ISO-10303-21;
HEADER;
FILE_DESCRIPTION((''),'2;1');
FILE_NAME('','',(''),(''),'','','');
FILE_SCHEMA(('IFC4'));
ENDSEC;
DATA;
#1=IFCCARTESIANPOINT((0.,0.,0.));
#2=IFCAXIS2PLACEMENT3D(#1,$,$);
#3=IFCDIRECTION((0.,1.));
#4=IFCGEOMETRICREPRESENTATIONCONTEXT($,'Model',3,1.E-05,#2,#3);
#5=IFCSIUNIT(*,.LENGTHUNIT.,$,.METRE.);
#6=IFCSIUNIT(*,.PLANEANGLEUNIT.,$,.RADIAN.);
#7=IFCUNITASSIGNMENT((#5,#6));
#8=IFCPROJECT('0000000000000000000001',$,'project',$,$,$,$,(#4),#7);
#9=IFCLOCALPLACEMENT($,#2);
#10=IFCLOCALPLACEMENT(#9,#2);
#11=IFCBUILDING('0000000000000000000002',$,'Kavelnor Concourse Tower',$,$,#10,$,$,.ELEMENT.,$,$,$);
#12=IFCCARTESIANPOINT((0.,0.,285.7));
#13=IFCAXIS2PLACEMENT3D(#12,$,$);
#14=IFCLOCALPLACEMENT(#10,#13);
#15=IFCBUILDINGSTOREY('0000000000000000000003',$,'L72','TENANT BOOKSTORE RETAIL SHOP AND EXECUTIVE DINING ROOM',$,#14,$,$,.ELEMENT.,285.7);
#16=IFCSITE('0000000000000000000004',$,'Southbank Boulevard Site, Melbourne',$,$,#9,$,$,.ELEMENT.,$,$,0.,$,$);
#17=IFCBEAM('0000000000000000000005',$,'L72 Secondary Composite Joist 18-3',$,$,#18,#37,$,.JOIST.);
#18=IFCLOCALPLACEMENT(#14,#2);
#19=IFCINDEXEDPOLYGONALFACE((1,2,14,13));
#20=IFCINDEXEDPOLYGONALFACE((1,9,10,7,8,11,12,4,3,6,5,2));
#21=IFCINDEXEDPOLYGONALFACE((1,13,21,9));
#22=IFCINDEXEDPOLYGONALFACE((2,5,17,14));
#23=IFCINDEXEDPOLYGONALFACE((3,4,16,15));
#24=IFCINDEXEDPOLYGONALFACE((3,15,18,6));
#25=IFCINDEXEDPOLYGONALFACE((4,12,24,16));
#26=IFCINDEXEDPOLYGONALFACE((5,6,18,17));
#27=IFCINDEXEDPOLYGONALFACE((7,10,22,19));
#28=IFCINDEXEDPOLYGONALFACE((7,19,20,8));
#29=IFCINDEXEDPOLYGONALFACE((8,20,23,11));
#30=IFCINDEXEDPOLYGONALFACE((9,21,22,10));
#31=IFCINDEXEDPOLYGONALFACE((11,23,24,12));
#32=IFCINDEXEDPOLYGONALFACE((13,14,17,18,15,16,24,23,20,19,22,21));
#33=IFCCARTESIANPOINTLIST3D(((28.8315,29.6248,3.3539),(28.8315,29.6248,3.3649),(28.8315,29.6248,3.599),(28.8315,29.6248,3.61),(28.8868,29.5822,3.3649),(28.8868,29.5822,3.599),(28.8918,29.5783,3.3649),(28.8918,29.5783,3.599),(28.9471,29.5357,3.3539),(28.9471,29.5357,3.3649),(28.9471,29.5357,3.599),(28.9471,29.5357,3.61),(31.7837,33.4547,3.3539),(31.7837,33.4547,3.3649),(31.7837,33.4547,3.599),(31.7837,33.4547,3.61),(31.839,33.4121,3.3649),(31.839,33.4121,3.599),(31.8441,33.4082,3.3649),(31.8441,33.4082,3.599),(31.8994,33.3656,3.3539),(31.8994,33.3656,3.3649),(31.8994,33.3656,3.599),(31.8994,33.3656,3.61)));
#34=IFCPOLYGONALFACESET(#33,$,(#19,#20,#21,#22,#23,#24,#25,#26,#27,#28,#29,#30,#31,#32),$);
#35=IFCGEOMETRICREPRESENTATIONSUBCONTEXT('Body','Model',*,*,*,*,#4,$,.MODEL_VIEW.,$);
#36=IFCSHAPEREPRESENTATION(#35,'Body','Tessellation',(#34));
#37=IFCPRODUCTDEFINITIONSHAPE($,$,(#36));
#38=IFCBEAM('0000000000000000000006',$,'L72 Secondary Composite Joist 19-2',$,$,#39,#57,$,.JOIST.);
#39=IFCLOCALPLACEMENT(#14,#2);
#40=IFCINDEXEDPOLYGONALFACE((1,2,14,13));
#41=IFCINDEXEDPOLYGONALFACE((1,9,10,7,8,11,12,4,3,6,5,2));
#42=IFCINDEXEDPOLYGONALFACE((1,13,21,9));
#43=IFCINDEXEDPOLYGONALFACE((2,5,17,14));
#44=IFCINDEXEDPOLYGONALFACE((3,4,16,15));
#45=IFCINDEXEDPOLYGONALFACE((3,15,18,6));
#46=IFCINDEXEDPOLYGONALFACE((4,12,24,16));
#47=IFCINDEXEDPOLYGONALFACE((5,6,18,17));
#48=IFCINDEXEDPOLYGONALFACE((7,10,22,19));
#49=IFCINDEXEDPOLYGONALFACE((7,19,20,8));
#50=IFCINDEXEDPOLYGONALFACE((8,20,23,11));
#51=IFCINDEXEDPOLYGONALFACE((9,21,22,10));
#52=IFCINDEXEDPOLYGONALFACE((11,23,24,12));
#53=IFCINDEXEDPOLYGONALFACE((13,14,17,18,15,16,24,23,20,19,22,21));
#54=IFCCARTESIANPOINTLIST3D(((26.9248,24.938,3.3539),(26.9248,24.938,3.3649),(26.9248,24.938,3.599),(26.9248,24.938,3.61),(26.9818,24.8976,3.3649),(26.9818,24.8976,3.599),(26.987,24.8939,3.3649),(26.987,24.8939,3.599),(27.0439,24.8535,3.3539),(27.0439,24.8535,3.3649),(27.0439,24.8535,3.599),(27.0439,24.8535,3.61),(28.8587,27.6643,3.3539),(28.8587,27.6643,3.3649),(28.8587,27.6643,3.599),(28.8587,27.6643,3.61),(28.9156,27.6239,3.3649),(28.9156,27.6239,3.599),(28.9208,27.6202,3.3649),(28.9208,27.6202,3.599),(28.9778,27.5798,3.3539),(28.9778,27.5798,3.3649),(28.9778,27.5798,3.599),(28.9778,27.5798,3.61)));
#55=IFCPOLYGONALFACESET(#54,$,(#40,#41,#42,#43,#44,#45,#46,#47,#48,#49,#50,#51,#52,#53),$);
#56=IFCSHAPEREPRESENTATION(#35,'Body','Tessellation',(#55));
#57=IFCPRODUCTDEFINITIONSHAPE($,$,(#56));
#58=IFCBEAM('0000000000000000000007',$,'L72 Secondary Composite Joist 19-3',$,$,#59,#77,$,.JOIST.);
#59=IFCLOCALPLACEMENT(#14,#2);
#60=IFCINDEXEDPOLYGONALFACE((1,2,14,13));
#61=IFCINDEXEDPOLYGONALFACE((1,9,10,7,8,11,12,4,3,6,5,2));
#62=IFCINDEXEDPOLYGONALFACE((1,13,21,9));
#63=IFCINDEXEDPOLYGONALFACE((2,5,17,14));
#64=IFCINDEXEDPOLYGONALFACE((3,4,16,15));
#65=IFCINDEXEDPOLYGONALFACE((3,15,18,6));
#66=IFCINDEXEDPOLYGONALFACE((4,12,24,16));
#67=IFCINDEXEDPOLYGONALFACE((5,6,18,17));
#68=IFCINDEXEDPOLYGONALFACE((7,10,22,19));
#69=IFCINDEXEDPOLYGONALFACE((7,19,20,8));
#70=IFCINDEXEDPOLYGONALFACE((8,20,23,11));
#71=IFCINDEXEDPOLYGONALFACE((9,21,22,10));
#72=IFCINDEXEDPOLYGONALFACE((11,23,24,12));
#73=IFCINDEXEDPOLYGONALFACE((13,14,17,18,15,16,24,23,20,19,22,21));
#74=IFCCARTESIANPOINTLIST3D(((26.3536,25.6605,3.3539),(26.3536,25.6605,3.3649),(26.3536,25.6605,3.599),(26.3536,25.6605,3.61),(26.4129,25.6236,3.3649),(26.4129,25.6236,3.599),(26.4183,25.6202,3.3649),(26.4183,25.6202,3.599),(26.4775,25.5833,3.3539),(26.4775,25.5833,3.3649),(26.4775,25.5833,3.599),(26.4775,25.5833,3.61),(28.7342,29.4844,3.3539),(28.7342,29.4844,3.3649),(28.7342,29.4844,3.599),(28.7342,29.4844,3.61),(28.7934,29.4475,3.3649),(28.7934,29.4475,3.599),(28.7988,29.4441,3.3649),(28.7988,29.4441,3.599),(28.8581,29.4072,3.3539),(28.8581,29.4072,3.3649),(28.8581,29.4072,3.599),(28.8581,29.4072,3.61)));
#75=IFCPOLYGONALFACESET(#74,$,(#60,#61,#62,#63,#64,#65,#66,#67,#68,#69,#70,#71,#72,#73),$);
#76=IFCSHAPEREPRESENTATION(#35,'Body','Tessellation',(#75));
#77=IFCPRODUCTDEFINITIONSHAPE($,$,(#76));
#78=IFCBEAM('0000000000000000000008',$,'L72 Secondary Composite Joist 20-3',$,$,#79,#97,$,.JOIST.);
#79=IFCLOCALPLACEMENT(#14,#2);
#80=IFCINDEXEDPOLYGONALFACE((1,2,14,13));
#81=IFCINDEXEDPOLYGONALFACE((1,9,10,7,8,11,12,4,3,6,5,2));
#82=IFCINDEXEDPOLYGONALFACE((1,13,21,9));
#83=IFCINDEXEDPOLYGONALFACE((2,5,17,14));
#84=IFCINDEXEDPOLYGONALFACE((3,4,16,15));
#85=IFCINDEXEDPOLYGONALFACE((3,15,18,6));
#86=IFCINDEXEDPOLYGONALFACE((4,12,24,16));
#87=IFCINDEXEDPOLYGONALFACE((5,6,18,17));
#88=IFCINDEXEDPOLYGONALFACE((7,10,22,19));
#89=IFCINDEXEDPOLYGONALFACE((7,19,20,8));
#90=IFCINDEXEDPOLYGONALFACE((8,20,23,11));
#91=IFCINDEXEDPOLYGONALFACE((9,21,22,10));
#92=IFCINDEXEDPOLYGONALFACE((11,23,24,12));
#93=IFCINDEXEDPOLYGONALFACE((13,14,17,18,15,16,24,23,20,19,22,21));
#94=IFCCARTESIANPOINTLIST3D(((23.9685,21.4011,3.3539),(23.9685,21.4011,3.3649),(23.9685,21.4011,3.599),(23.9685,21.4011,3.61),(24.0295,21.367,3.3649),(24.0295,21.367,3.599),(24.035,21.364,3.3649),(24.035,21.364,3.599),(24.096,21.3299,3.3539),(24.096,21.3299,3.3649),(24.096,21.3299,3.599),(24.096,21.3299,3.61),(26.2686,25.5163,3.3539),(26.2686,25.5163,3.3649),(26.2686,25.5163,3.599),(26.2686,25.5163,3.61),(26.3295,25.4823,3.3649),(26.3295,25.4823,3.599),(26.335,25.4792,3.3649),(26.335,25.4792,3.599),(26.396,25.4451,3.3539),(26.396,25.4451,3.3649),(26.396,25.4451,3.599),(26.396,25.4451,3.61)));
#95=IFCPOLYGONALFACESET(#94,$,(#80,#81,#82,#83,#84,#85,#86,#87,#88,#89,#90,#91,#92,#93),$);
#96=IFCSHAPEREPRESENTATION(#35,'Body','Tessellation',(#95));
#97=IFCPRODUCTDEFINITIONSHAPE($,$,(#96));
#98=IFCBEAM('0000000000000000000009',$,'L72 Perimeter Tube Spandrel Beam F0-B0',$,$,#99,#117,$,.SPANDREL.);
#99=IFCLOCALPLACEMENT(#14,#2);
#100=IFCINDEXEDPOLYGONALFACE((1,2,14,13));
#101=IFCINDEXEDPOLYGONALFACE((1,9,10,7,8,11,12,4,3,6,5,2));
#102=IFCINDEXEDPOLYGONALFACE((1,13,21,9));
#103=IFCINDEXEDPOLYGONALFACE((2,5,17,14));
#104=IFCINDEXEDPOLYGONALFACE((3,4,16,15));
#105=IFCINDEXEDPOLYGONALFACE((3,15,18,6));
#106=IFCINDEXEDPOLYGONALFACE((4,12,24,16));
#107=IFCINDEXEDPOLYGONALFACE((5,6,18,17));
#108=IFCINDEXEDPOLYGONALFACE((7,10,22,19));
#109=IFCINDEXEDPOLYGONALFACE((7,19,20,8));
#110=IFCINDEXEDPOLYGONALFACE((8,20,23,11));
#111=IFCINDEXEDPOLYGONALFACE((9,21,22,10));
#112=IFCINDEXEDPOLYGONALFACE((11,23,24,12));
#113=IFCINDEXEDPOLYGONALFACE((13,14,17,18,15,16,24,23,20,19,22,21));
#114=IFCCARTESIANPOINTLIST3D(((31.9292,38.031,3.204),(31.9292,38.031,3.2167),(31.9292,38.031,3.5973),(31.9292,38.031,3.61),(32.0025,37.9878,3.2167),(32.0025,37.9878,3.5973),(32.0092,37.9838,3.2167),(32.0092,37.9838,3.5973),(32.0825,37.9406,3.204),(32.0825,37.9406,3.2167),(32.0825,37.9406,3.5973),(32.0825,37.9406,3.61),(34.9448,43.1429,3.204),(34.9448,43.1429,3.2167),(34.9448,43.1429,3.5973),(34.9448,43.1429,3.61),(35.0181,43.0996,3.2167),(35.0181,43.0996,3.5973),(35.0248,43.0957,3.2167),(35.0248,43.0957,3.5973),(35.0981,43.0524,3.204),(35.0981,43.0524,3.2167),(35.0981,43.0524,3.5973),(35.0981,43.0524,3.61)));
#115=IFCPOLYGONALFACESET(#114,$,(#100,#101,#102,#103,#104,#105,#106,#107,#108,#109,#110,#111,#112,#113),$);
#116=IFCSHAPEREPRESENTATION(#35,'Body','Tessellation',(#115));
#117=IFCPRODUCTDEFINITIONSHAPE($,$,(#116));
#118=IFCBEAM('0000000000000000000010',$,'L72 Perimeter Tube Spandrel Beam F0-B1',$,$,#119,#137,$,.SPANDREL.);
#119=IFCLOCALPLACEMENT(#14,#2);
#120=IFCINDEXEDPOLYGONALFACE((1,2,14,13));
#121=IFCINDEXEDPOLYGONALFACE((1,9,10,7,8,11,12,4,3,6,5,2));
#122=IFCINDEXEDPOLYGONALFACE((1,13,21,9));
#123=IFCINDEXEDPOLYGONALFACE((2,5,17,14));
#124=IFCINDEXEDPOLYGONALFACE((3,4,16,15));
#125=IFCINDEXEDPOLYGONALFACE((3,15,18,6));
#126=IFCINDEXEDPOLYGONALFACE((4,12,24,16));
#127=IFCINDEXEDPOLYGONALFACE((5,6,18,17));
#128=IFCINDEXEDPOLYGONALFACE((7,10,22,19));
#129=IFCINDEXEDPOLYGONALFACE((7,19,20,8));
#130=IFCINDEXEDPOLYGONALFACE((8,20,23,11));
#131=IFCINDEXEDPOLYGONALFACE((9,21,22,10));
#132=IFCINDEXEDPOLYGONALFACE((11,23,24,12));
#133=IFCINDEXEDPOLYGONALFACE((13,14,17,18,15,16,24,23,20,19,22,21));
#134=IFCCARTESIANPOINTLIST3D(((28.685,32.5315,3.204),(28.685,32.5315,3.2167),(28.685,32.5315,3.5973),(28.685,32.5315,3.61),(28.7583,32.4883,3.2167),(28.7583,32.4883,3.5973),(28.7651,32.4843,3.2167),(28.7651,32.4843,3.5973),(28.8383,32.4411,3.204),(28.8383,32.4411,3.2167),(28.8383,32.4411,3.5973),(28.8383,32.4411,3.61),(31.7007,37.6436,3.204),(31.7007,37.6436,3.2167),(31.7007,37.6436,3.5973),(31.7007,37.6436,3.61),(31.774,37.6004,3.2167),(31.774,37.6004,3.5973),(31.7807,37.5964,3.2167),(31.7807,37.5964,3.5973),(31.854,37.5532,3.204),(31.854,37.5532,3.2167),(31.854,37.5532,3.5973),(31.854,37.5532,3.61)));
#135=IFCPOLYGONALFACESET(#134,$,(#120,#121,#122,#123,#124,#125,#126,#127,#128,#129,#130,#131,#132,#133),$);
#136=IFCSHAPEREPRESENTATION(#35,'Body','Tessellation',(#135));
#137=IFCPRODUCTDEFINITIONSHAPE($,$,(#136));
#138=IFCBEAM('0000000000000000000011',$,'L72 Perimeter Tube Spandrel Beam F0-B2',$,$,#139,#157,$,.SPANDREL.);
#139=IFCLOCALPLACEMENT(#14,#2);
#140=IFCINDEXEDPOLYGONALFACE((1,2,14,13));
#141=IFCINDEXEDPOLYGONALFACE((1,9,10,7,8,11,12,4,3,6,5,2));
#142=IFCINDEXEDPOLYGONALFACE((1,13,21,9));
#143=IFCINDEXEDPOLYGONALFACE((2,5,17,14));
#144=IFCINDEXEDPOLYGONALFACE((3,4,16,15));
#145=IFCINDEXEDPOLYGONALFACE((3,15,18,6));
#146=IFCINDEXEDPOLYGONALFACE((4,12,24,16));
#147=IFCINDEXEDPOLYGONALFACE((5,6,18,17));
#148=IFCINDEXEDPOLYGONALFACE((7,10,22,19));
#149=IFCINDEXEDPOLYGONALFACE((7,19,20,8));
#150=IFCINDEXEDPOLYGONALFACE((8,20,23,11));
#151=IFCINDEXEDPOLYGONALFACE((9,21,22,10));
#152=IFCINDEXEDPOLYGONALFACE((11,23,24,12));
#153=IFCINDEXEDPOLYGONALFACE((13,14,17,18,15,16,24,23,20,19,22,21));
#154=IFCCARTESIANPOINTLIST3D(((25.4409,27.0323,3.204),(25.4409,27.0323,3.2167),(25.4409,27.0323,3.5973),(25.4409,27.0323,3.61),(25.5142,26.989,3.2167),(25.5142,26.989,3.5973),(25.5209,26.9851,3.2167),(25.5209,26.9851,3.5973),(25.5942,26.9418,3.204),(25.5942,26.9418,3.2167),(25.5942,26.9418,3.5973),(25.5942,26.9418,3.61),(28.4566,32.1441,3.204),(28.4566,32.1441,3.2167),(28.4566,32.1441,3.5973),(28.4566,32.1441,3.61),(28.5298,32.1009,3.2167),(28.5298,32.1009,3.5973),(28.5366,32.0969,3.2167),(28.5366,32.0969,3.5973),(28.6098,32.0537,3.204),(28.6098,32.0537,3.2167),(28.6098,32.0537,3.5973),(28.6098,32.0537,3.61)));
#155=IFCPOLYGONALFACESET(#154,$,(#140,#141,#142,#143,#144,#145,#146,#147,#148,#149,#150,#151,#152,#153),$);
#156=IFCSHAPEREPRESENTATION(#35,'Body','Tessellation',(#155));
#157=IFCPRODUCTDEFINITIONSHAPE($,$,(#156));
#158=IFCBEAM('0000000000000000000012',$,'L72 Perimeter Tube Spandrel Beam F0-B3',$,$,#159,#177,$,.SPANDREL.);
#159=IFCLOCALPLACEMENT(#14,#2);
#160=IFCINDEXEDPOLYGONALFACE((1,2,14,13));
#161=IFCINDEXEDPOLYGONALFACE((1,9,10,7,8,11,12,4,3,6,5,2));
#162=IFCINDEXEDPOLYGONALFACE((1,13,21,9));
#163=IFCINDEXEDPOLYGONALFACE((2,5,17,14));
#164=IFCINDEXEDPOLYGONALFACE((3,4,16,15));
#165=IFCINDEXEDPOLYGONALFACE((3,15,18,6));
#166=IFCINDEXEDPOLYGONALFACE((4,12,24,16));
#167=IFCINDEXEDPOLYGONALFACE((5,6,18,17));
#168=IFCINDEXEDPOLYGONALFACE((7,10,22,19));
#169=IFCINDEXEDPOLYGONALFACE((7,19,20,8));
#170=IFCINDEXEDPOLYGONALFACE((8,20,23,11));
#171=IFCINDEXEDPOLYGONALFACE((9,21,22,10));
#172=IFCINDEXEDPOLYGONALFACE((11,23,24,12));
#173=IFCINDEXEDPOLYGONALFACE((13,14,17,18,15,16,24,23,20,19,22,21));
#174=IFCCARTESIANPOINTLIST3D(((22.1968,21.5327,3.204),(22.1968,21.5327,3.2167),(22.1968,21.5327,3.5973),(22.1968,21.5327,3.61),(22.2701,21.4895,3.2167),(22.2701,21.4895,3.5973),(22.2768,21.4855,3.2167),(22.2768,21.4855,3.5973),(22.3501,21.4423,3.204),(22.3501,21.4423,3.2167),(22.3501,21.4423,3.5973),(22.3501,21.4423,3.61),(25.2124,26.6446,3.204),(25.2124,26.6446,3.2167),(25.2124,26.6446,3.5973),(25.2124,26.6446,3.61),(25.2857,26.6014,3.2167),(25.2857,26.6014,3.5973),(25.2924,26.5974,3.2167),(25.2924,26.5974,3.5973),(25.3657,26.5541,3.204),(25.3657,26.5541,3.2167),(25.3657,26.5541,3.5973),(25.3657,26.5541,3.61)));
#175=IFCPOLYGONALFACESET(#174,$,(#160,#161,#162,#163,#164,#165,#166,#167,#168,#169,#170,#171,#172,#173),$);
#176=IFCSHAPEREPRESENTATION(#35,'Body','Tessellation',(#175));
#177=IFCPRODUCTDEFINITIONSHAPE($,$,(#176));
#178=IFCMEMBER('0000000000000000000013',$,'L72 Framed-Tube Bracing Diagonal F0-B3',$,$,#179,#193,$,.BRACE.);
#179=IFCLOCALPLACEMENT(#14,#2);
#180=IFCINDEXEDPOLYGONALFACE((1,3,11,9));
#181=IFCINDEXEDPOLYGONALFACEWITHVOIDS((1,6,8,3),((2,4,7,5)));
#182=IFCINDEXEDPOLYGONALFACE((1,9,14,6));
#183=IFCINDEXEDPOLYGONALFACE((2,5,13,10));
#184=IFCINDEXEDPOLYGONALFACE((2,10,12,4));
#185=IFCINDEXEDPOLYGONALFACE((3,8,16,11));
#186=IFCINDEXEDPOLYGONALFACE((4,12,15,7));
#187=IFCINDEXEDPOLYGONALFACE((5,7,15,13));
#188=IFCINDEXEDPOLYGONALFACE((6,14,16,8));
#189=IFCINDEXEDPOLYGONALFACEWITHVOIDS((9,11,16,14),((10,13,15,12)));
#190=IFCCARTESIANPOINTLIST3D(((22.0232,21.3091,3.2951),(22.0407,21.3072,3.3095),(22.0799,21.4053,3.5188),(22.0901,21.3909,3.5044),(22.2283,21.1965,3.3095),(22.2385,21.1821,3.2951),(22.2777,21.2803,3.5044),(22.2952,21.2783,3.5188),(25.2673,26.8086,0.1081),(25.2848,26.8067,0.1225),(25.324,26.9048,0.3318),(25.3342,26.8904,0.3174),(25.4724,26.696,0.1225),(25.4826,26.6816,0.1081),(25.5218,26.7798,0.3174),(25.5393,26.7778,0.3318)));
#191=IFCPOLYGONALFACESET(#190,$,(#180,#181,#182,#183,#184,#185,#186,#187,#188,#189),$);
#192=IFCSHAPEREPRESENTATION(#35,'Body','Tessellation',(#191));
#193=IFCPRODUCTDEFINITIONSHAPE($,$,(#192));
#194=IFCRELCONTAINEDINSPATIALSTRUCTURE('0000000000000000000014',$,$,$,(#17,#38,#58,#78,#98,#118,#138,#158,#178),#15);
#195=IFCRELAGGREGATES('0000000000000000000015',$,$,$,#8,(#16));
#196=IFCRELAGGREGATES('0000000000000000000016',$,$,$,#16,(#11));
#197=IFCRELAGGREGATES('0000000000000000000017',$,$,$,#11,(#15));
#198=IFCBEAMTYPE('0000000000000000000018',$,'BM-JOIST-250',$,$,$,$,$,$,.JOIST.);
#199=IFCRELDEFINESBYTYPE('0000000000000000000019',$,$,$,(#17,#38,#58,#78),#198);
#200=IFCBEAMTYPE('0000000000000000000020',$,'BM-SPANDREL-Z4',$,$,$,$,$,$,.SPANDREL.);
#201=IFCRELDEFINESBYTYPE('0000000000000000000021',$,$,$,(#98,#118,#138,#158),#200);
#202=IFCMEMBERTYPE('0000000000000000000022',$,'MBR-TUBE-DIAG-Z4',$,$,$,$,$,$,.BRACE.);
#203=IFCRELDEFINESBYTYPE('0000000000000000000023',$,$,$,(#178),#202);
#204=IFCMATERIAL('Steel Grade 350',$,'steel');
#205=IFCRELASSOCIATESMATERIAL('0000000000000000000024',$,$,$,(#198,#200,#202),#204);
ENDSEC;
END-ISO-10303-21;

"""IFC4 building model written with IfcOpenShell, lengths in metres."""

from ifc_helpers import new_model, si_unit, direction, frame, origin, origin_2d, place, context, subcontext, project, spatial, hollow_rectangle, i_section, extrude, material, material_profile, profile_set, type_object, element, save


model = new_model("IFC4")

# Units and contexts
model_context = context("Model", 3, precision=1e-05, world=origin(), true_north=direction((0.0, 1.0)))
body_context = subcontext(model_context, "Body", "Model", "MODEL_VIEW")
ifc_project = project(units=[si_unit("LENGTHUNIT", "METRE"), si_unit("PLANEANGLEUNIT", "RADIAN")], contexts=[model_context])

# Site, building, storey
site_placement = place(None, origin())
site = spatial("IfcSite", under=ifc_project, at=site_placement, Name="Southbank Boulevard Site, Melbourne", CompositionType="ELEMENT", RefElevation=0.0)
building_placement = place(site_placement, origin())
building = spatial("IfcBuilding", under=site, at=building_placement, Name="Kavelnor Concourse Tower", CompositionType="ELEMENT")
storey_placement = place(building_placement, frame((0.0, 0.0, 285.7)))
storey = spatial("IfcBuildingStorey", under=building, at=storey_placement, Name="L72", Description="TENANT BOOKSTORE RETAIL SHOP AND EXECUTIVE DINING ROOM", CompositionType="ELEMENT", Elevation=285.7)

# Shared definitions
ifc_material_1 = material(Name="Steel Grade 350", Category="steel")

# Beams
ifc_material_profile_1 = material_profile(ifc_material_1, i_section(OverallWidth=0.146, OverallDepth=0.2561, WebThickness=0.0063, FlangeThickness=0.011, at=origin_2d()), Name="250UB37")
ifc_profile_set_1 = profile_set([ifc_material_profile_1], Name="Steel Grade 350")
beam_type_1 = type_object("IfcBeamType", Name="BM-JOIST-250", PredefinedType="JOIST", material=ifc_profile_set_1)
beam_1_placement = place(storey_placement, frame((31.8416, 33.4102, 3.4819), z_axis=(-0.610506, -0.792012, 0.0), x_axis=(0.792012, -0.610506, 0.0)))
element("IfcBeam", 1, at=beam_1_placement, inside=storey, type_object=beam_type_1, Name="L72 Secondary Composite Joist 18-3", PredefinedType="JOIST", context=body_context, shape_type="SweptSolid", body=[
    extrude(i_section(OverallWidth=0.146, OverallDepth=0.2561, WebThickness=0.0063, FlangeThickness=0.011, at=origin_2d()), origin(), (0.0, 0.0, 1.0), 4.8357),
])
beam_2_placement = place(storey_placement, frame((28.9182, 27.6221, 3.4819), z_axis=(-0.578554, -0.815644, 0.0), x_axis=(0.815644, -0.578554, 0.0)))
element("IfcBeam", 2, at=beam_2_placement, inside=storey, type_object=beam_type_1, Name="L72 Secondary Composite Joist 19-2", PredefinedType="JOIST", context=body_context, shape_type="SweptSolid", body=[
    extrude(i_section(OverallWidth=0.146, OverallDepth=0.2561, WebThickness=0.0063, FlangeThickness=0.011, at=origin_2d()), origin(), (0.0, 0.0, 1.0), 3.3425),
])
beam_3_placement = place(storey_placement, frame((28.7961, 29.4458, 3.4819), z_axis=(-0.528502, -0.848932, 0.0), x_axis=(0.848932, -0.528502, 0.0)))
element("IfcBeam", 3, at=beam_3_placement, inside=storey, type_object=beam_type_1, Name="L72 Secondary Composite Joist 19-3", PredefinedType="JOIST", context=body_context, shape_type="SweptSolid", body=[
    extrude(i_section(OverallWidth=0.146, OverallDepth=0.2561, WebThickness=0.0063, FlangeThickness=0.011, at=origin_2d()), origin(), (0.0, 0.0, 1.0), 4.5044),
])
beam_4_placement = place(storey_placement, frame((26.3323, 25.4807, 3.4819), z_axis=(-0.487879, -0.872911, 0.0), x_axis=(0.872911, -0.487879, 0.0)))
element("IfcBeam", 4, at=beam_4_placement, inside=storey, type_object=beam_type_1, Name="L72 Secondary Composite Joist 20-3", PredefinedType="JOIST", context=body_context, shape_type="SweptSolid", body=[
    extrude(i_section(OverallWidth=0.146, OverallDepth=0.2561, WebThickness=0.0063, FlangeThickness=0.011, at=origin_2d()), origin(), (0.0, 0.0, 1.0), 4.7144),
])
ifc_material_profile_2 = material_profile(ifc_material_1, i_section(OverallWidth=0.178, OverallDepth=0.406, WebThickness=0.0078, FlangeThickness=0.0127, at=origin_2d()), Name="410UB59")
ifc_profile_set_2 = profile_set([ifc_material_profile_2], Name="Steel Grade 350")
beam_type_2 = type_object("IfcBeamType", Name="BM-SPANDREL-Z4", PredefinedType="SPANDREL", material=ifc_profile_set_2)
beam_5_placement = place(storey_placement, frame((35.0215, 43.0977, 3.407), z_axis=(-0.508106, -0.861295, 0.0), x_axis=(0.861295, -0.508106, 0.0)))
element("IfcBeam", 5, at=beam_5_placement, inside=storey, type_object=beam_type_2, Name="L72 Perimeter Tube Spandrel Beam F0-B0", PredefinedType="SPANDREL", context=body_context, shape_type="SweptSolid", body=[
    extrude(i_section(OverallWidth=0.178, OverallDepth=0.406, WebThickness=0.0078, FlangeThickness=0.0127, at=origin_2d()), origin(), (0.0, 0.0, 1.0), 5.9351),
])
beam_6_placement = place(storey_placement, frame((31.7773, 37.5984, 3.407), z_axis=(-0.508088, -0.861305, 0.0), x_axis=(0.861305, -0.508088, 0.0)))
element("IfcBeam", 6, at=beam_6_placement, inside=storey, type_object=beam_type_2, Name="L72 Perimeter Tube Spandrel Beam F0-B1", PredefinedType="SPANDREL", context=body_context, shape_type="SweptSolid", body=[
    extrude(i_section(OverallWidth=0.178, OverallDepth=0.406, WebThickness=0.0078, FlangeThickness=0.0127, at=origin_2d()), origin(), (0.0, 0.0, 1.0), 5.9353),
])
for number, where, z_axis, x_axis, name in (
    (7, (28.5332, 32.0989, 3.407), (-0.508106, -0.861295, 0.0), (0.861295, -0.508106, 0.0), "L72 Perimeter Tube Spandrel Beam F0-B2"),
    (8, (25.2891, 26.5994, 3.407), (-0.508106, -0.861295, 0.0), (0.861295, -0.508106, 0.0), "L72 Perimeter Tube Spandrel Beam F0-B3"),
):
    element("IfcBeam", number, at=place(storey_placement, frame(where, z_axis=z_axis, x_axis=x_axis)), inside=storey, type_object=beam_type_2, Name=name, PredefinedType="SPANDREL", context=body_context, shape_type="SweptSolid", body=[
        extrude(i_section(OverallWidth=0.178, OverallDepth=0.406, WebThickness=0.0078, FlangeThickness=0.0127, at=origin_2d()), origin(), (0.0, 0.0, 1.0), 5.9351),
    ])

# Member
ifc_material_profile_3 = material_profile(ifc_material_1, hollow_rectangle(XDim=0.25, YDim=0.25, WallThickness=0.0161, at=origin_2d()), Name="SHS 250x250x16")
ifc_profile_set_3 = profile_set([ifc_material_profile_3], Name="Steel Grade 350")
member_type = type_object("IfcMemberType", Name="MBR-TUBE-DIAG-Z4", PredefinedType="BRACE", material=ifc_profile_set_3)
member_placement = place(storey_placement, frame((25.4033, 26.7932, 0.22), z_axis=(-0.4546, -0.770644, 0.446594), x_axis=(0.861308, -0.508082, 0.0)))
element("IfcMember", 9, at=member_placement, inside=storey, type_object=member_type, Name="L72 Framed-Tube Bracing Diagonal F0-B3", PredefinedType="BRACE", context=body_context, shape_type="SweptSolid", body=[
    extrude(hollow_rectangle(XDim=0.25, YDim=0.25, WallThickness=0.0161, at=origin_2d()), origin(), (0.0, 0.0, 1.0), 7.1362),
])

save(model, "model.ifc")
